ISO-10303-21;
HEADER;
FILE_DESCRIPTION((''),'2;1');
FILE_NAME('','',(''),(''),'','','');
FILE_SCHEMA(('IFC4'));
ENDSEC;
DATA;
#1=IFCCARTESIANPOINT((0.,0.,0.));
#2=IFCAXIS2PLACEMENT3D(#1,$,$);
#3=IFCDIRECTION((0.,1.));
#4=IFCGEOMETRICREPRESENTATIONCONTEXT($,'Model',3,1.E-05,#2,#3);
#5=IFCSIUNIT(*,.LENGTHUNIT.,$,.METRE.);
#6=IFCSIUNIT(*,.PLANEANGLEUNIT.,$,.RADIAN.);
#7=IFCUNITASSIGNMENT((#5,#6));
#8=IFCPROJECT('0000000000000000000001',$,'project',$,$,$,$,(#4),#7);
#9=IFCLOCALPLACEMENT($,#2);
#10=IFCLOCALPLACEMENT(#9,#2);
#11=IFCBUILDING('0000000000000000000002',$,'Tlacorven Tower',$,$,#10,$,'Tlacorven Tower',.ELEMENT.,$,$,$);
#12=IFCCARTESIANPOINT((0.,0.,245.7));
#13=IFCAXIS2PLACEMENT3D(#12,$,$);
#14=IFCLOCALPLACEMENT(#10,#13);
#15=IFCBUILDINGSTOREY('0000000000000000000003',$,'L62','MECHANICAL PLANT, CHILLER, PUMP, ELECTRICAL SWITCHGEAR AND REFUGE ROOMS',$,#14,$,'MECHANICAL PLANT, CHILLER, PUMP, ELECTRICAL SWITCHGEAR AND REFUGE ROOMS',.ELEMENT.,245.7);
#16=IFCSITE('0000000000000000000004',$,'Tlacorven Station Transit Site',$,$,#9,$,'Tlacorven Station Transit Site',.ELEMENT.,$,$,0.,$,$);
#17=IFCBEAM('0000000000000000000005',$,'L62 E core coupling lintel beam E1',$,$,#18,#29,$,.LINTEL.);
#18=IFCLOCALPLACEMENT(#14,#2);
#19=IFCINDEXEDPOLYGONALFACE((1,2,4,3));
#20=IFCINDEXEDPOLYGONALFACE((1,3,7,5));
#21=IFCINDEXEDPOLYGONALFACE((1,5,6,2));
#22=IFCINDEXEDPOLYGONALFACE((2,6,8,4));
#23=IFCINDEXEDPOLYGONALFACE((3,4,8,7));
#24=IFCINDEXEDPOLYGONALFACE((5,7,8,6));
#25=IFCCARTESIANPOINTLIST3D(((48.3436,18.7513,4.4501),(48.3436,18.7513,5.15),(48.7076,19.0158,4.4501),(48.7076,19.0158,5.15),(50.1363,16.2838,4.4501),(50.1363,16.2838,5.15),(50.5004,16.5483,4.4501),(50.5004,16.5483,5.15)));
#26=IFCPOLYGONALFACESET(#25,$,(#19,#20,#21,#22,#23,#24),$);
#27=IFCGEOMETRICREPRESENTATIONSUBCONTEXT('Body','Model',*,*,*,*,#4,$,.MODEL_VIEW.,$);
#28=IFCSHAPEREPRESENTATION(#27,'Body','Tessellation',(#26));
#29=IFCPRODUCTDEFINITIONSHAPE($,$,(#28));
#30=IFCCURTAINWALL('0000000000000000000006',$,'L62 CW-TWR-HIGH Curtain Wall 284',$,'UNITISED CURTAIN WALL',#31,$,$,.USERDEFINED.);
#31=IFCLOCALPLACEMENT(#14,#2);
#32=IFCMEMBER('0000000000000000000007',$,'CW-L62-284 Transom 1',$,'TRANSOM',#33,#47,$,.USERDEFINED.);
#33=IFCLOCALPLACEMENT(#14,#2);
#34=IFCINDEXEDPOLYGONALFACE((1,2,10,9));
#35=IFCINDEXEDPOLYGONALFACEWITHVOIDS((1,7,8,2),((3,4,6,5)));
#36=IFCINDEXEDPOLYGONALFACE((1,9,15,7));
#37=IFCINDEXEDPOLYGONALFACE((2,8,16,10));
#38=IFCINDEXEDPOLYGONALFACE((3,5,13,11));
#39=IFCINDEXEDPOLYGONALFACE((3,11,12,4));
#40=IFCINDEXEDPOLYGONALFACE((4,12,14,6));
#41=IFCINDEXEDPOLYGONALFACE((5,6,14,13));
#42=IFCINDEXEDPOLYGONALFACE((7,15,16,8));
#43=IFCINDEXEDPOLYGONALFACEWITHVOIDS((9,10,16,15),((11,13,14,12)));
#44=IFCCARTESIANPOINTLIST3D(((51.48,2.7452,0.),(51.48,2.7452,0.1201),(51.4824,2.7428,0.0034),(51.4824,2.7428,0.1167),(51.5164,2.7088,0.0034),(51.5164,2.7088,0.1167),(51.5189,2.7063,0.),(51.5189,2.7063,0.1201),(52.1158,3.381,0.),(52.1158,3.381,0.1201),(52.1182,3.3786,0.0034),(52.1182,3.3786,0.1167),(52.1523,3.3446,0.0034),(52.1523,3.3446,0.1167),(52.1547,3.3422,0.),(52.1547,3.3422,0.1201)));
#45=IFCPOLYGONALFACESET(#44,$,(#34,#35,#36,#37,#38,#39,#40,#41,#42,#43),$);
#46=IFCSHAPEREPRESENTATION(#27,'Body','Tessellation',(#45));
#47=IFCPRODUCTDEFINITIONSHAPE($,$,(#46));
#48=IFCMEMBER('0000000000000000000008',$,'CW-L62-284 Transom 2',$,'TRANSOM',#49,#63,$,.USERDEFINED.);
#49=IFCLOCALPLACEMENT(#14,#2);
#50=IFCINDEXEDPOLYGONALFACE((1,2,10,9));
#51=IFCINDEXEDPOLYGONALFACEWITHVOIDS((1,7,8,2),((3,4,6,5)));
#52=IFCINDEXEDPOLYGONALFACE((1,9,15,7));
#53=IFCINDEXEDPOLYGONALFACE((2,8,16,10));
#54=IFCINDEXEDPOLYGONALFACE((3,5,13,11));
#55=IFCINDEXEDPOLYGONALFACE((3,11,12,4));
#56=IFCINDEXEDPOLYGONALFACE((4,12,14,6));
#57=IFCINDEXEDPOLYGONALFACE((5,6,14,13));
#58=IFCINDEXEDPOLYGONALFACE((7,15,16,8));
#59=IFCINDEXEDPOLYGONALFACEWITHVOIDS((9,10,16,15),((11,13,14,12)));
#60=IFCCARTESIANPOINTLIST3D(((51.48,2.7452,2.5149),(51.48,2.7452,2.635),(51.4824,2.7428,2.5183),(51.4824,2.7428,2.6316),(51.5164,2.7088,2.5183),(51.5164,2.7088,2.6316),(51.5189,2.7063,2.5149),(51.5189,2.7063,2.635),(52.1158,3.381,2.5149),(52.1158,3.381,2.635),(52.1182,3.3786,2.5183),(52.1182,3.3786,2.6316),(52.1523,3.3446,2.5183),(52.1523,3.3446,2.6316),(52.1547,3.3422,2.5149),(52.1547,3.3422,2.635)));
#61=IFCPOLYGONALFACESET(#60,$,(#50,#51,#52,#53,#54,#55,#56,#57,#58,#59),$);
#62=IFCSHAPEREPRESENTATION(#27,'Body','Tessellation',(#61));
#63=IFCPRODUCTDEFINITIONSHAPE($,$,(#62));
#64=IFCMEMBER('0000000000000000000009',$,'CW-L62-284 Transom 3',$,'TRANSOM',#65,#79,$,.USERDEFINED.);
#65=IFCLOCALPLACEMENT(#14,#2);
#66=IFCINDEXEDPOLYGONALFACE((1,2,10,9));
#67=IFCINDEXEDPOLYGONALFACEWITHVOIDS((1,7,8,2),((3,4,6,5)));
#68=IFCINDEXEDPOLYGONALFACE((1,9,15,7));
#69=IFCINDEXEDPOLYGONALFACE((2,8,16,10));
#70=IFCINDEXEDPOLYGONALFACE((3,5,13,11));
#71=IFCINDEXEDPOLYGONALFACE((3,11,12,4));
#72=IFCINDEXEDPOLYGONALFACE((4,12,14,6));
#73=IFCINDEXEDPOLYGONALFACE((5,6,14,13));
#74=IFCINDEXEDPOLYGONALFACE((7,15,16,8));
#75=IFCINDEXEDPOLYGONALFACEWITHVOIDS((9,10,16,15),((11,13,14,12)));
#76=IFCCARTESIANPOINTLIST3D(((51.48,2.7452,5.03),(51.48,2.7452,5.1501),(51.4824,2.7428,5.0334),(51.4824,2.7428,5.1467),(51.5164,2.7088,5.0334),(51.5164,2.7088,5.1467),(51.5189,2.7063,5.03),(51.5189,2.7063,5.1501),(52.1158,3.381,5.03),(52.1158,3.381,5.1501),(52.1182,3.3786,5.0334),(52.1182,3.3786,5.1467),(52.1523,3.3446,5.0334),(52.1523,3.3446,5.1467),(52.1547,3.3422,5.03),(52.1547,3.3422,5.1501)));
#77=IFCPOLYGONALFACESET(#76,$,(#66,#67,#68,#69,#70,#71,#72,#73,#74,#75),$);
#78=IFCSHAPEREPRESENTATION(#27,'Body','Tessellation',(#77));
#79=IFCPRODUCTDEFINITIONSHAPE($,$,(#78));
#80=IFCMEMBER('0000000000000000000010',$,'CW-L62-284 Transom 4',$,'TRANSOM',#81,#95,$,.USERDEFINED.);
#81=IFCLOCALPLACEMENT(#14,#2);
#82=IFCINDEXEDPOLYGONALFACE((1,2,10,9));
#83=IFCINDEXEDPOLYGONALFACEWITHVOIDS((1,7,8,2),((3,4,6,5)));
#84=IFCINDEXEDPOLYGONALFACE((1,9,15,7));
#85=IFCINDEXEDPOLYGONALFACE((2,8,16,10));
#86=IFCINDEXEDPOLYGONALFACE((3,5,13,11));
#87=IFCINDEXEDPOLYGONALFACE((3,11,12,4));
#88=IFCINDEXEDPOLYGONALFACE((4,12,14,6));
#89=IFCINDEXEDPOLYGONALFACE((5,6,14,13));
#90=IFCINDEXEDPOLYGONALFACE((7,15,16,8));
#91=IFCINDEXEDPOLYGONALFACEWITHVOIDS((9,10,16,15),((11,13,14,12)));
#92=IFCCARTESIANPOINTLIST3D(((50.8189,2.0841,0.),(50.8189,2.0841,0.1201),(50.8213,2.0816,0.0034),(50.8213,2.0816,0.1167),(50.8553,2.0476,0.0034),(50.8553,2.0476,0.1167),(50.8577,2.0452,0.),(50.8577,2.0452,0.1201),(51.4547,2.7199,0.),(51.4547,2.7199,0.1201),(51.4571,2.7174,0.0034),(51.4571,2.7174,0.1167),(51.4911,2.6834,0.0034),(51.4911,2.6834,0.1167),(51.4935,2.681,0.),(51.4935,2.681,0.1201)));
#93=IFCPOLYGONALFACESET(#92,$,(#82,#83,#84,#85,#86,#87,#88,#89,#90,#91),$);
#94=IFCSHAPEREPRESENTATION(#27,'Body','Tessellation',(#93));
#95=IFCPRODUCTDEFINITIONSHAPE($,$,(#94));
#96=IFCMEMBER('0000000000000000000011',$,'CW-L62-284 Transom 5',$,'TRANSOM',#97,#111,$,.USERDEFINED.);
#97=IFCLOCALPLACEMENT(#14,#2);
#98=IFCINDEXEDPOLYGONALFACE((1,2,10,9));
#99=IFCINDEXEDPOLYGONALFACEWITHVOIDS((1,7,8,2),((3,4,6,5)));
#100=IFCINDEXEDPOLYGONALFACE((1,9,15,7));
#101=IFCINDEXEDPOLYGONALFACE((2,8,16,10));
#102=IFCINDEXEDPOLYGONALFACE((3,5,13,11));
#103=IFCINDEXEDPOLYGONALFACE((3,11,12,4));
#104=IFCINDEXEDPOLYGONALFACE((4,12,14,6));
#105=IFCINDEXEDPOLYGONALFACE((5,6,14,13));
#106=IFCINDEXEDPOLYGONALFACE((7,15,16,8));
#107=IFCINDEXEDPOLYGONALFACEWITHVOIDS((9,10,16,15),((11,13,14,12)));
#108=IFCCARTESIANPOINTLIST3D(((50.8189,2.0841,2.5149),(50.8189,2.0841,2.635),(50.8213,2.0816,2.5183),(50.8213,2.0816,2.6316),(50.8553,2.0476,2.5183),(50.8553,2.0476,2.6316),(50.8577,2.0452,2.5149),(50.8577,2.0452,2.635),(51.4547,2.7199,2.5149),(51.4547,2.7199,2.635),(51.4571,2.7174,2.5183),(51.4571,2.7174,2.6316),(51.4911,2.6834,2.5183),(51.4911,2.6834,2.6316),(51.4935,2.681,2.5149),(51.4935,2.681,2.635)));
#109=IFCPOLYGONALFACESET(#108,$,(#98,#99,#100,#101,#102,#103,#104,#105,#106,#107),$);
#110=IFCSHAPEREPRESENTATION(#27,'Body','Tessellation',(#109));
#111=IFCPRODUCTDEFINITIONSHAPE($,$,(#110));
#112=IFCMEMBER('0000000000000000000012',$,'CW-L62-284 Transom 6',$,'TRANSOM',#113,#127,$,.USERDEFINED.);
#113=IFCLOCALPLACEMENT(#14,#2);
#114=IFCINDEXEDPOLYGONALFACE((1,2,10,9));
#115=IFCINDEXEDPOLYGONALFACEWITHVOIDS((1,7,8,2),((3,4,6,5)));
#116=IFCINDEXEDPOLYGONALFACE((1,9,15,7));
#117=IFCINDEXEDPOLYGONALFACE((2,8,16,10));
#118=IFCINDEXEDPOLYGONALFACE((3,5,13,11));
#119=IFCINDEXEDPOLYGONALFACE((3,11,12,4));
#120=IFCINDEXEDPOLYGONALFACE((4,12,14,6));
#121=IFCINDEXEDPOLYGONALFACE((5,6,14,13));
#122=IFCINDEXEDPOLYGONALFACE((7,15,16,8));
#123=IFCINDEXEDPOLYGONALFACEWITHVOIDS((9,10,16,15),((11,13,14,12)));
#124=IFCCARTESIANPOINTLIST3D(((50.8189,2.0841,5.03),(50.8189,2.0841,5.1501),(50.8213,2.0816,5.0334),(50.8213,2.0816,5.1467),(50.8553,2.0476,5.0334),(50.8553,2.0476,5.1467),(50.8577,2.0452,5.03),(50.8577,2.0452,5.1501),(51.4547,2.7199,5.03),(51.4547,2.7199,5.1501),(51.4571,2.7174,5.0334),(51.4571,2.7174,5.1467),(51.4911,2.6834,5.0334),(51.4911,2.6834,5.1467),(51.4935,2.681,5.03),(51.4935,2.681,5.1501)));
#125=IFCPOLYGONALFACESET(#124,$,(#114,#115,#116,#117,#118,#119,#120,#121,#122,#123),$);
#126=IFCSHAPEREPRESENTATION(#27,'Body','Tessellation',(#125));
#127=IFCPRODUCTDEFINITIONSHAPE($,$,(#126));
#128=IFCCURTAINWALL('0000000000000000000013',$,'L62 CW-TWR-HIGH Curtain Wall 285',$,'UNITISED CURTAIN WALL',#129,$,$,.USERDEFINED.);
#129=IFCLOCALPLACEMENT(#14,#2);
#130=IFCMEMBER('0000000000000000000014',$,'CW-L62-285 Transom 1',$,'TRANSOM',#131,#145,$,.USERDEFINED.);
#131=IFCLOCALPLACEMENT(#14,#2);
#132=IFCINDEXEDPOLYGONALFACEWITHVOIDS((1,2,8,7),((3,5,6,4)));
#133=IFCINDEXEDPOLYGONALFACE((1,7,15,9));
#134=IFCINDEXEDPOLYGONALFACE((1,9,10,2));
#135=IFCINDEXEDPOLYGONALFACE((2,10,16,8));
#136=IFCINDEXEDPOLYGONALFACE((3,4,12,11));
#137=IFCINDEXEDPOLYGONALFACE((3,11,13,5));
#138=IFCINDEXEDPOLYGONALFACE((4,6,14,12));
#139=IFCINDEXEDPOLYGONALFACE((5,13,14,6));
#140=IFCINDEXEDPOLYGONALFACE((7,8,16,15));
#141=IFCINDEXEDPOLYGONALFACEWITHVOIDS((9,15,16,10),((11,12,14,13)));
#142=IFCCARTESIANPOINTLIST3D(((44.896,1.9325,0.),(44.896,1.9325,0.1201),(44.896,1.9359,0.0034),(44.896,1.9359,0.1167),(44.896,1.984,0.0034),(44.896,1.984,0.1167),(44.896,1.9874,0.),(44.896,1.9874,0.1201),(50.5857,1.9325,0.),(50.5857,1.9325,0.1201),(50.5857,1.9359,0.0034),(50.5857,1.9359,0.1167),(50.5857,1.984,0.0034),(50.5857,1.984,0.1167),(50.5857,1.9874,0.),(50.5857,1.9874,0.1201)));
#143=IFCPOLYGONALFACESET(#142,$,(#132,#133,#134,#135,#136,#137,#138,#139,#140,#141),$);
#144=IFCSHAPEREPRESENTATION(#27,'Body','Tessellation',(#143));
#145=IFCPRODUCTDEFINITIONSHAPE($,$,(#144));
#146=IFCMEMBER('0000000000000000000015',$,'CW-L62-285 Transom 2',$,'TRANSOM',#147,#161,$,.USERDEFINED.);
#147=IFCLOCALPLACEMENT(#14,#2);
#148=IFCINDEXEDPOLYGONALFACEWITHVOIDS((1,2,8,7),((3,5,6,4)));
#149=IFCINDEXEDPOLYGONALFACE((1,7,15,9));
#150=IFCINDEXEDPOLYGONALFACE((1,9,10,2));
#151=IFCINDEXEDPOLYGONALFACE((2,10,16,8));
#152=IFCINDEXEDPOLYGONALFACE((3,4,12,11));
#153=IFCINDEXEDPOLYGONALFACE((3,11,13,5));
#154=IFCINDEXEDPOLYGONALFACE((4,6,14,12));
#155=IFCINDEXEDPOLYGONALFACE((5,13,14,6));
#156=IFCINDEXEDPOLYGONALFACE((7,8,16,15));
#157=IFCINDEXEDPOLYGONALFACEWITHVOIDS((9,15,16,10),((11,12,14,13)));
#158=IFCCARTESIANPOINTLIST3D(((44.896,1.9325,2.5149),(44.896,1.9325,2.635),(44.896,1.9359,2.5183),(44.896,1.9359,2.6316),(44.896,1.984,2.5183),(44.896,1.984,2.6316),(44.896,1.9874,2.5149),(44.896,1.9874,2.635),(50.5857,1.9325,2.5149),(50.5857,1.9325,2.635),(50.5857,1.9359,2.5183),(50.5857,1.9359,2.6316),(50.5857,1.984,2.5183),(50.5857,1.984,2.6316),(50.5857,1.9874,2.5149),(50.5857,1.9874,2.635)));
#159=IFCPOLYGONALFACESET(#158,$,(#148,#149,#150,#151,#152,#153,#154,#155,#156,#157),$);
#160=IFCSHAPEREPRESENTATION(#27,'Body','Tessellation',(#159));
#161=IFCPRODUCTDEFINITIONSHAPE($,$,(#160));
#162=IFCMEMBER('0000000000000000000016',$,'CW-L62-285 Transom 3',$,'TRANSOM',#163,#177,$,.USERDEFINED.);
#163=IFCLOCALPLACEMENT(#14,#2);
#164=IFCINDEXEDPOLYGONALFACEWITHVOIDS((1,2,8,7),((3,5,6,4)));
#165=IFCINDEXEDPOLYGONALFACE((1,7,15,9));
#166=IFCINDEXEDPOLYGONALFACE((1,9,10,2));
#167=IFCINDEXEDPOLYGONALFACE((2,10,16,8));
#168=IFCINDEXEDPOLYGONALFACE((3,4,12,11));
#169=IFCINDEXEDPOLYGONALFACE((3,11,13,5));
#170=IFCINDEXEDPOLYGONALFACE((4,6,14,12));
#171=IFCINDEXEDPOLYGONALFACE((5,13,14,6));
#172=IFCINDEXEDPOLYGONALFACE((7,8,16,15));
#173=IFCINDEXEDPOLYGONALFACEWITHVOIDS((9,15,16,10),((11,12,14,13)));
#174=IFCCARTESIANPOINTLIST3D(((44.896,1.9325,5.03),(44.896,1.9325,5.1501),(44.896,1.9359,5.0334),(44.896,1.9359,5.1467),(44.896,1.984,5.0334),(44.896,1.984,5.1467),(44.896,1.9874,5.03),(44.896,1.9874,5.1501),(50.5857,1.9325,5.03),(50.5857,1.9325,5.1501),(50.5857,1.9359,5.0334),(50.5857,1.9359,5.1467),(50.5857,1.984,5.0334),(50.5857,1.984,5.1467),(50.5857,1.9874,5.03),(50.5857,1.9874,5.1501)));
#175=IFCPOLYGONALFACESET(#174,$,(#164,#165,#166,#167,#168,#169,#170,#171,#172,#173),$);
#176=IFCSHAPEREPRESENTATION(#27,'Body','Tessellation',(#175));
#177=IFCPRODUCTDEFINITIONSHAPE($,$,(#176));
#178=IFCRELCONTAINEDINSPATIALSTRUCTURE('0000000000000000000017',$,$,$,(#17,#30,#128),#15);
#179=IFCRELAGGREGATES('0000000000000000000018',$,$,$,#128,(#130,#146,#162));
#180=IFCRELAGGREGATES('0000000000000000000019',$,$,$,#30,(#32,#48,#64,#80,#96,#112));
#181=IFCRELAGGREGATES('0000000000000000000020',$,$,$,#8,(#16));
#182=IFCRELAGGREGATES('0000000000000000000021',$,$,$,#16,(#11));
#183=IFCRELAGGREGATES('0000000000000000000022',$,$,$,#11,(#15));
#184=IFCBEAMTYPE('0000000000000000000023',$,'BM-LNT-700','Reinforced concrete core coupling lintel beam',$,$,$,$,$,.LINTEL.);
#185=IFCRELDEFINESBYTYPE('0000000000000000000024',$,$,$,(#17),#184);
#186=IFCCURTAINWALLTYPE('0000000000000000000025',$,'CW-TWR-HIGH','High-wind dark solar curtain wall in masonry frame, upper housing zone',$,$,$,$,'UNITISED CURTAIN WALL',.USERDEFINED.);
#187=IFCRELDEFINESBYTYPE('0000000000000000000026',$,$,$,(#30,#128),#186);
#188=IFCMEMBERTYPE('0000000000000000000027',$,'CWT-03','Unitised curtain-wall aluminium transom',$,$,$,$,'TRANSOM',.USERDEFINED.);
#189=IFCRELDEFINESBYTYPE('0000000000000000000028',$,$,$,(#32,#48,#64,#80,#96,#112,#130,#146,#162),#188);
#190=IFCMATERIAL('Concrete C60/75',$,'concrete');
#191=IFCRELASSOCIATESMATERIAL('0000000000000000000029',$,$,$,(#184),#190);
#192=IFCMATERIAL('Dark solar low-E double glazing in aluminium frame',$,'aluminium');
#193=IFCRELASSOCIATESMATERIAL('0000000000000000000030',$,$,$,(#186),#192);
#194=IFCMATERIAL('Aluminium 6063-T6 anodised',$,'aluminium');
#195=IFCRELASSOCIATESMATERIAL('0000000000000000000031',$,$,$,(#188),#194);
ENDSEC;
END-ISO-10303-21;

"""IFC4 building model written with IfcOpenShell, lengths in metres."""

from ifc_helpers import new_model, si_unit, direction, frame, origin, origin_2d, place, context, subcontext, project, spatial, rectangle, hollow_rectangle, extrude, source, transform, mapped, material, material_profile, profile_set, type_object, element, aggregate, save


model = new_model("IFC4")

# Units and contexts
model_context = context("Model", 3, precision=1e-05, world=origin(), true_north=direction((0.0, 1.0)))
body_context = subcontext(model_context, "Body", "Model", "MODEL_VIEW")
ifc_project = project(units=[si_unit("LENGTHUNIT", "METRE"), si_unit("PLANEANGLEUNIT", "RADIAN")], contexts=[model_context])

# Site, building, storey
site_placement = place(None, origin())
site = spatial("IfcSite", under=ifc_project, at=site_placement, Name="Tlacorven Station Transit Site", LongName="Tlacorven Station Transit Site", CompositionType="ELEMENT", RefElevation=0.0)
building_placement = place(site_placement, origin())
building = spatial("IfcBuilding", under=site, at=building_placement, Name="Tlacorven Tower", LongName="Tlacorven Tower", CompositionType="ELEMENT")
storey_placement = place(building_placement, frame((0.0, 0.0, 245.7)))
storey = spatial("IfcBuildingStorey", under=building, at=storey_placement, Name="L62", Description="MECHANICAL PLANT, CHILLER, PUMP, ELECTRICAL SWITCHGEAR AND REFUGE ROOMS", LongName="MECHANICAL PLANT, CHILLER, PUMP, ELECTRICAL SWITCHGEAR AND REFUGE ROOMS", CompositionType="ELEMENT", Elevation=245.7)

# Beam
ifc_material_1 = material(Name="Concrete C60/75", Category="concrete")
ifc_material_profile_1 = material_profile(ifc_material_1, rectangle(XDim=0.45, YDim=0.7, at=origin_2d()), Name="RC 450X700")
ifc_profile_set_1 = profile_set([ifc_material_profile_1], Name="Concrete C60/75")
beam_type = type_object("IfcBeamType", Name="BM-LNT-700", Description="Reinforced concrete core coupling lintel beam", PredefinedType="LINTEL", material=ifc_profile_set_1)
shared_shape_1 = source(origin(), body_context, "Body", "SweptSolid", [
    extrude(rectangle(XDim=0.45, YDim=0.7, at=origin_2d()), origin(), (0.0, 0.0, 1.0), 3.05),
])
beam_placement = place(storey_placement, frame((50.3184, 16.416, 4.8), z_axis=(-0.587777, 0.809023, 0.0), x_axis=(-0.809023, -0.587777, 0.0)))
element("IfcBeam", 1, at=beam_placement, inside=storey, type_object=beam_type, Name="L62 E core coupling lintel beam E1", PredefinedType="LINTEL", context=body_context, shape_type="MappedRepresentation", body=[
    mapped(shared_shape_1, transform((0.0, 0.0, 0.0), scale=1.0)),
])

# Curtain walls, members
ifc_material_2 = material(Name="Dark solar low-E double glazing in aluminium frame", Category="aluminium")
curtain_wall_type = type_object("IfcCurtainWallType", Name="CW-TWR-HIGH", Description="High-wind dark solar curtain wall in masonry frame, upper housing zone", ElementType="UNITISED CURTAIN WALL", PredefinedType="USERDEFINED", material=ifc_material_2)
curtain_wall_1_placement = place(storey_placement, origin())
curtain_wall_1 = element("IfcCurtainWall", 2, at=curtain_wall_1_placement, inside=storey, type_object=curtain_wall_type, Name="L62 CW-TWR-HIGH Curtain Wall 284", ObjectType="UNITISED CURTAIN WALL", PredefinedType="USERDEFINED")
ifc_material_3 = material(Name="Aluminium 6063-T6 anodised", Category="aluminium")
ifc_material_profile_2 = material_profile(ifc_material_3, hollow_rectangle(XDim=0.0549, YDim=0.1201, WallThickness=0.0034, at=origin_2d()), Name="ALU TRANSOM 55X120")
ifc_profile_set_2 = profile_set([ifc_material_profile_2], Name="Aluminium 6063-T6 anodised")
member_type_1 = type_object("IfcMemberType", Name="CWT-03", Description="Unitised curtain-wall aluminium transom", ElementType="TRANSOM", PredefinedType="USERDEFINED", material=ifc_profile_set_2)
shared_shape_2 = source(origin(), body_context, "Body", "SweptSolid", [
    extrude(hollow_rectangle(XDim=0.0549, YDim=0.1201, WallThickness=0.0034, at=origin_2d()), origin(), (0.0, 0.0, 1.0), 0.8992),
])
member_1_placement = place(storey_placement, frame((52.1353, 3.3616, 0.0601), z_axis=(-0.707107, -0.707107, 0.0), x_axis=(0.707107, -0.707107, 0.0)))
member_1 = element("IfcMember", 3, at=member_1_placement, type_object=member_type_1, Name="CW-L62-284 Transom 1", ObjectType="TRANSOM", PredefinedType="USERDEFINED", context=body_context, shape_type="MappedRepresentation", body=[
    mapped(shared_shape_2, transform((0.0, 0.0, 0.0), scale=1.0)),
])
member_2_placement = place(storey_placement, frame((52.1353, 3.3616, 2.575), z_axis=(-0.707107, -0.707107, 0.0), x_axis=(0.707107, -0.707107, 0.0)))
member_2 = element("IfcMember", 4, at=member_2_placement, type_object=member_type_1, Name="CW-L62-284 Transom 2", ObjectType="TRANSOM", PredefinedType="USERDEFINED", context=body_context, shape_type="MappedRepresentation", body=[
    mapped(shared_shape_2, transform((0.0, 0.0, 0.0), scale=1.0)),
])
member_3_placement = place(storey_placement, frame((52.1353, 3.3616, 5.0901), z_axis=(-0.707107, -0.707107, 0.0), x_axis=(0.707107, -0.707107, 0.0)))
member_3 = element("IfcMember", 5, at=member_3_placement, type_object=member_type_1, Name="CW-L62-284 Transom 3", ObjectType="TRANSOM", PredefinedType="USERDEFINED", context=body_context, shape_type="MappedRepresentation", body=[
    mapped(shared_shape_2, transform((0.0, 0.0, 0.0), scale=1.0)),
])
member_4_placement = place(storey_placement, frame((51.4741, 2.7004, 0.0601), z_axis=(-0.707107, -0.707107, 0.0), x_axis=(0.707107, -0.707107, 0.0)))
member_4 = element("IfcMember", 6, at=member_4_placement, type_object=member_type_1, Name="CW-L62-284 Transom 4", ObjectType="TRANSOM", PredefinedType="USERDEFINED", context=body_context, shape_type="MappedRepresentation", body=[
    mapped(shared_shape_2, transform((0.0, 0.0, 0.0), scale=1.0)),
])
member_5_placement = place(storey_placement, frame((51.4741, 2.7004, 2.575), z_axis=(-0.707107, -0.707107, 0.0), x_axis=(0.707107, -0.707107, 0.0)))
member_5 = element("IfcMember", 7, at=member_5_placement, type_object=member_type_1, Name="CW-L62-284 Transom 5", ObjectType="TRANSOM", PredefinedType="USERDEFINED", context=body_context, shape_type="MappedRepresentation", body=[
    mapped(shared_shape_2, transform((0.0, 0.0, 0.0), scale=1.0)),
])
member_6_placement = place(storey_placement, frame((51.4741, 2.7004, 5.0901), z_axis=(-0.707107, -0.707107, 0.0), x_axis=(0.707107, -0.707107, 0.0)))
member_6 = element("IfcMember", 8, at=member_6_placement, type_object=member_type_1, Name="CW-L62-284 Transom 6", ObjectType="TRANSOM", PredefinedType="USERDEFINED", context=body_context, shape_type="MappedRepresentation", body=[
    mapped(shared_shape_2, transform((0.0, 0.0, 0.0), scale=1.0)),
])
curtain_wall_2_placement = place(storey_placement, origin())
curtain_wall_2 = element("IfcCurtainWall", 9, at=curtain_wall_2_placement, inside=storey, type_object=curtain_wall_type, Name="L62 CW-TWR-HIGH Curtain Wall 285", ObjectType="UNITISED CURTAIN WALL", PredefinedType="USERDEFINED")
shared_shape_3 = source(origin(), body_context, "Body", "SweptSolid", [
    extrude(hollow_rectangle(XDim=0.0549, YDim=0.1201, WallThickness=0.0034, at=origin_2d()), origin(), (0.0, 0.0, 1.0), 5.6897),
])
member_7_placement = place(storey_placement, frame((50.5857, 1.96, 0.0601), z_axis=(-1.0, 0.0, 0.0), x_axis=(0.0, -1.0, 0.0)))
member_7 = element("IfcMember", 10, at=member_7_placement, type_object=member_type_1, Name="CW-L62-285 Transom 1", ObjectType="TRANSOM", PredefinedType="USERDEFINED", context=body_context, shape_type="MappedRepresentation", body=[
    mapped(shared_shape_3, transform((0.0, 0.0, 0.0), scale=1.0)),
])
member_8_placement = place(storey_placement, frame((50.5857, 1.96, 2.575), z_axis=(-1.0, 0.0, 0.0), x_axis=(0.0, -1.0, 0.0)))
member_8 = element("IfcMember", 11, at=member_8_placement, type_object=member_type_1, Name="CW-L62-285 Transom 2", ObjectType="TRANSOM", PredefinedType="USERDEFINED", context=body_context, shape_type="MappedRepresentation", body=[
    mapped(shared_shape_3, transform((0.0, 0.0, 0.0), scale=1.0)),
])
member_9_placement = place(storey_placement, frame((50.5857, 1.96, 5.0901), z_axis=(-1.0, 0.0, 0.0), x_axis=(0.0, -1.0, 0.0)))
member_9 = element("IfcMember", 12, at=member_9_placement, type_object=member_type_1, Name="CW-L62-285 Transom 3", ObjectType="TRANSOM", PredefinedType="USERDEFINED", context=body_context, shape_type="MappedRepresentation", body=[
    mapped(shared_shape_3, transform((0.0, 0.0, 0.0), scale=1.0)),
])

aggregate(curtain_wall_2, [member_7, member_8, member_9])

aggregate(curtain_wall_1, [member_1, member_2, member_3, member_4, member_5, member_6])

save(model, "model.ifc")
